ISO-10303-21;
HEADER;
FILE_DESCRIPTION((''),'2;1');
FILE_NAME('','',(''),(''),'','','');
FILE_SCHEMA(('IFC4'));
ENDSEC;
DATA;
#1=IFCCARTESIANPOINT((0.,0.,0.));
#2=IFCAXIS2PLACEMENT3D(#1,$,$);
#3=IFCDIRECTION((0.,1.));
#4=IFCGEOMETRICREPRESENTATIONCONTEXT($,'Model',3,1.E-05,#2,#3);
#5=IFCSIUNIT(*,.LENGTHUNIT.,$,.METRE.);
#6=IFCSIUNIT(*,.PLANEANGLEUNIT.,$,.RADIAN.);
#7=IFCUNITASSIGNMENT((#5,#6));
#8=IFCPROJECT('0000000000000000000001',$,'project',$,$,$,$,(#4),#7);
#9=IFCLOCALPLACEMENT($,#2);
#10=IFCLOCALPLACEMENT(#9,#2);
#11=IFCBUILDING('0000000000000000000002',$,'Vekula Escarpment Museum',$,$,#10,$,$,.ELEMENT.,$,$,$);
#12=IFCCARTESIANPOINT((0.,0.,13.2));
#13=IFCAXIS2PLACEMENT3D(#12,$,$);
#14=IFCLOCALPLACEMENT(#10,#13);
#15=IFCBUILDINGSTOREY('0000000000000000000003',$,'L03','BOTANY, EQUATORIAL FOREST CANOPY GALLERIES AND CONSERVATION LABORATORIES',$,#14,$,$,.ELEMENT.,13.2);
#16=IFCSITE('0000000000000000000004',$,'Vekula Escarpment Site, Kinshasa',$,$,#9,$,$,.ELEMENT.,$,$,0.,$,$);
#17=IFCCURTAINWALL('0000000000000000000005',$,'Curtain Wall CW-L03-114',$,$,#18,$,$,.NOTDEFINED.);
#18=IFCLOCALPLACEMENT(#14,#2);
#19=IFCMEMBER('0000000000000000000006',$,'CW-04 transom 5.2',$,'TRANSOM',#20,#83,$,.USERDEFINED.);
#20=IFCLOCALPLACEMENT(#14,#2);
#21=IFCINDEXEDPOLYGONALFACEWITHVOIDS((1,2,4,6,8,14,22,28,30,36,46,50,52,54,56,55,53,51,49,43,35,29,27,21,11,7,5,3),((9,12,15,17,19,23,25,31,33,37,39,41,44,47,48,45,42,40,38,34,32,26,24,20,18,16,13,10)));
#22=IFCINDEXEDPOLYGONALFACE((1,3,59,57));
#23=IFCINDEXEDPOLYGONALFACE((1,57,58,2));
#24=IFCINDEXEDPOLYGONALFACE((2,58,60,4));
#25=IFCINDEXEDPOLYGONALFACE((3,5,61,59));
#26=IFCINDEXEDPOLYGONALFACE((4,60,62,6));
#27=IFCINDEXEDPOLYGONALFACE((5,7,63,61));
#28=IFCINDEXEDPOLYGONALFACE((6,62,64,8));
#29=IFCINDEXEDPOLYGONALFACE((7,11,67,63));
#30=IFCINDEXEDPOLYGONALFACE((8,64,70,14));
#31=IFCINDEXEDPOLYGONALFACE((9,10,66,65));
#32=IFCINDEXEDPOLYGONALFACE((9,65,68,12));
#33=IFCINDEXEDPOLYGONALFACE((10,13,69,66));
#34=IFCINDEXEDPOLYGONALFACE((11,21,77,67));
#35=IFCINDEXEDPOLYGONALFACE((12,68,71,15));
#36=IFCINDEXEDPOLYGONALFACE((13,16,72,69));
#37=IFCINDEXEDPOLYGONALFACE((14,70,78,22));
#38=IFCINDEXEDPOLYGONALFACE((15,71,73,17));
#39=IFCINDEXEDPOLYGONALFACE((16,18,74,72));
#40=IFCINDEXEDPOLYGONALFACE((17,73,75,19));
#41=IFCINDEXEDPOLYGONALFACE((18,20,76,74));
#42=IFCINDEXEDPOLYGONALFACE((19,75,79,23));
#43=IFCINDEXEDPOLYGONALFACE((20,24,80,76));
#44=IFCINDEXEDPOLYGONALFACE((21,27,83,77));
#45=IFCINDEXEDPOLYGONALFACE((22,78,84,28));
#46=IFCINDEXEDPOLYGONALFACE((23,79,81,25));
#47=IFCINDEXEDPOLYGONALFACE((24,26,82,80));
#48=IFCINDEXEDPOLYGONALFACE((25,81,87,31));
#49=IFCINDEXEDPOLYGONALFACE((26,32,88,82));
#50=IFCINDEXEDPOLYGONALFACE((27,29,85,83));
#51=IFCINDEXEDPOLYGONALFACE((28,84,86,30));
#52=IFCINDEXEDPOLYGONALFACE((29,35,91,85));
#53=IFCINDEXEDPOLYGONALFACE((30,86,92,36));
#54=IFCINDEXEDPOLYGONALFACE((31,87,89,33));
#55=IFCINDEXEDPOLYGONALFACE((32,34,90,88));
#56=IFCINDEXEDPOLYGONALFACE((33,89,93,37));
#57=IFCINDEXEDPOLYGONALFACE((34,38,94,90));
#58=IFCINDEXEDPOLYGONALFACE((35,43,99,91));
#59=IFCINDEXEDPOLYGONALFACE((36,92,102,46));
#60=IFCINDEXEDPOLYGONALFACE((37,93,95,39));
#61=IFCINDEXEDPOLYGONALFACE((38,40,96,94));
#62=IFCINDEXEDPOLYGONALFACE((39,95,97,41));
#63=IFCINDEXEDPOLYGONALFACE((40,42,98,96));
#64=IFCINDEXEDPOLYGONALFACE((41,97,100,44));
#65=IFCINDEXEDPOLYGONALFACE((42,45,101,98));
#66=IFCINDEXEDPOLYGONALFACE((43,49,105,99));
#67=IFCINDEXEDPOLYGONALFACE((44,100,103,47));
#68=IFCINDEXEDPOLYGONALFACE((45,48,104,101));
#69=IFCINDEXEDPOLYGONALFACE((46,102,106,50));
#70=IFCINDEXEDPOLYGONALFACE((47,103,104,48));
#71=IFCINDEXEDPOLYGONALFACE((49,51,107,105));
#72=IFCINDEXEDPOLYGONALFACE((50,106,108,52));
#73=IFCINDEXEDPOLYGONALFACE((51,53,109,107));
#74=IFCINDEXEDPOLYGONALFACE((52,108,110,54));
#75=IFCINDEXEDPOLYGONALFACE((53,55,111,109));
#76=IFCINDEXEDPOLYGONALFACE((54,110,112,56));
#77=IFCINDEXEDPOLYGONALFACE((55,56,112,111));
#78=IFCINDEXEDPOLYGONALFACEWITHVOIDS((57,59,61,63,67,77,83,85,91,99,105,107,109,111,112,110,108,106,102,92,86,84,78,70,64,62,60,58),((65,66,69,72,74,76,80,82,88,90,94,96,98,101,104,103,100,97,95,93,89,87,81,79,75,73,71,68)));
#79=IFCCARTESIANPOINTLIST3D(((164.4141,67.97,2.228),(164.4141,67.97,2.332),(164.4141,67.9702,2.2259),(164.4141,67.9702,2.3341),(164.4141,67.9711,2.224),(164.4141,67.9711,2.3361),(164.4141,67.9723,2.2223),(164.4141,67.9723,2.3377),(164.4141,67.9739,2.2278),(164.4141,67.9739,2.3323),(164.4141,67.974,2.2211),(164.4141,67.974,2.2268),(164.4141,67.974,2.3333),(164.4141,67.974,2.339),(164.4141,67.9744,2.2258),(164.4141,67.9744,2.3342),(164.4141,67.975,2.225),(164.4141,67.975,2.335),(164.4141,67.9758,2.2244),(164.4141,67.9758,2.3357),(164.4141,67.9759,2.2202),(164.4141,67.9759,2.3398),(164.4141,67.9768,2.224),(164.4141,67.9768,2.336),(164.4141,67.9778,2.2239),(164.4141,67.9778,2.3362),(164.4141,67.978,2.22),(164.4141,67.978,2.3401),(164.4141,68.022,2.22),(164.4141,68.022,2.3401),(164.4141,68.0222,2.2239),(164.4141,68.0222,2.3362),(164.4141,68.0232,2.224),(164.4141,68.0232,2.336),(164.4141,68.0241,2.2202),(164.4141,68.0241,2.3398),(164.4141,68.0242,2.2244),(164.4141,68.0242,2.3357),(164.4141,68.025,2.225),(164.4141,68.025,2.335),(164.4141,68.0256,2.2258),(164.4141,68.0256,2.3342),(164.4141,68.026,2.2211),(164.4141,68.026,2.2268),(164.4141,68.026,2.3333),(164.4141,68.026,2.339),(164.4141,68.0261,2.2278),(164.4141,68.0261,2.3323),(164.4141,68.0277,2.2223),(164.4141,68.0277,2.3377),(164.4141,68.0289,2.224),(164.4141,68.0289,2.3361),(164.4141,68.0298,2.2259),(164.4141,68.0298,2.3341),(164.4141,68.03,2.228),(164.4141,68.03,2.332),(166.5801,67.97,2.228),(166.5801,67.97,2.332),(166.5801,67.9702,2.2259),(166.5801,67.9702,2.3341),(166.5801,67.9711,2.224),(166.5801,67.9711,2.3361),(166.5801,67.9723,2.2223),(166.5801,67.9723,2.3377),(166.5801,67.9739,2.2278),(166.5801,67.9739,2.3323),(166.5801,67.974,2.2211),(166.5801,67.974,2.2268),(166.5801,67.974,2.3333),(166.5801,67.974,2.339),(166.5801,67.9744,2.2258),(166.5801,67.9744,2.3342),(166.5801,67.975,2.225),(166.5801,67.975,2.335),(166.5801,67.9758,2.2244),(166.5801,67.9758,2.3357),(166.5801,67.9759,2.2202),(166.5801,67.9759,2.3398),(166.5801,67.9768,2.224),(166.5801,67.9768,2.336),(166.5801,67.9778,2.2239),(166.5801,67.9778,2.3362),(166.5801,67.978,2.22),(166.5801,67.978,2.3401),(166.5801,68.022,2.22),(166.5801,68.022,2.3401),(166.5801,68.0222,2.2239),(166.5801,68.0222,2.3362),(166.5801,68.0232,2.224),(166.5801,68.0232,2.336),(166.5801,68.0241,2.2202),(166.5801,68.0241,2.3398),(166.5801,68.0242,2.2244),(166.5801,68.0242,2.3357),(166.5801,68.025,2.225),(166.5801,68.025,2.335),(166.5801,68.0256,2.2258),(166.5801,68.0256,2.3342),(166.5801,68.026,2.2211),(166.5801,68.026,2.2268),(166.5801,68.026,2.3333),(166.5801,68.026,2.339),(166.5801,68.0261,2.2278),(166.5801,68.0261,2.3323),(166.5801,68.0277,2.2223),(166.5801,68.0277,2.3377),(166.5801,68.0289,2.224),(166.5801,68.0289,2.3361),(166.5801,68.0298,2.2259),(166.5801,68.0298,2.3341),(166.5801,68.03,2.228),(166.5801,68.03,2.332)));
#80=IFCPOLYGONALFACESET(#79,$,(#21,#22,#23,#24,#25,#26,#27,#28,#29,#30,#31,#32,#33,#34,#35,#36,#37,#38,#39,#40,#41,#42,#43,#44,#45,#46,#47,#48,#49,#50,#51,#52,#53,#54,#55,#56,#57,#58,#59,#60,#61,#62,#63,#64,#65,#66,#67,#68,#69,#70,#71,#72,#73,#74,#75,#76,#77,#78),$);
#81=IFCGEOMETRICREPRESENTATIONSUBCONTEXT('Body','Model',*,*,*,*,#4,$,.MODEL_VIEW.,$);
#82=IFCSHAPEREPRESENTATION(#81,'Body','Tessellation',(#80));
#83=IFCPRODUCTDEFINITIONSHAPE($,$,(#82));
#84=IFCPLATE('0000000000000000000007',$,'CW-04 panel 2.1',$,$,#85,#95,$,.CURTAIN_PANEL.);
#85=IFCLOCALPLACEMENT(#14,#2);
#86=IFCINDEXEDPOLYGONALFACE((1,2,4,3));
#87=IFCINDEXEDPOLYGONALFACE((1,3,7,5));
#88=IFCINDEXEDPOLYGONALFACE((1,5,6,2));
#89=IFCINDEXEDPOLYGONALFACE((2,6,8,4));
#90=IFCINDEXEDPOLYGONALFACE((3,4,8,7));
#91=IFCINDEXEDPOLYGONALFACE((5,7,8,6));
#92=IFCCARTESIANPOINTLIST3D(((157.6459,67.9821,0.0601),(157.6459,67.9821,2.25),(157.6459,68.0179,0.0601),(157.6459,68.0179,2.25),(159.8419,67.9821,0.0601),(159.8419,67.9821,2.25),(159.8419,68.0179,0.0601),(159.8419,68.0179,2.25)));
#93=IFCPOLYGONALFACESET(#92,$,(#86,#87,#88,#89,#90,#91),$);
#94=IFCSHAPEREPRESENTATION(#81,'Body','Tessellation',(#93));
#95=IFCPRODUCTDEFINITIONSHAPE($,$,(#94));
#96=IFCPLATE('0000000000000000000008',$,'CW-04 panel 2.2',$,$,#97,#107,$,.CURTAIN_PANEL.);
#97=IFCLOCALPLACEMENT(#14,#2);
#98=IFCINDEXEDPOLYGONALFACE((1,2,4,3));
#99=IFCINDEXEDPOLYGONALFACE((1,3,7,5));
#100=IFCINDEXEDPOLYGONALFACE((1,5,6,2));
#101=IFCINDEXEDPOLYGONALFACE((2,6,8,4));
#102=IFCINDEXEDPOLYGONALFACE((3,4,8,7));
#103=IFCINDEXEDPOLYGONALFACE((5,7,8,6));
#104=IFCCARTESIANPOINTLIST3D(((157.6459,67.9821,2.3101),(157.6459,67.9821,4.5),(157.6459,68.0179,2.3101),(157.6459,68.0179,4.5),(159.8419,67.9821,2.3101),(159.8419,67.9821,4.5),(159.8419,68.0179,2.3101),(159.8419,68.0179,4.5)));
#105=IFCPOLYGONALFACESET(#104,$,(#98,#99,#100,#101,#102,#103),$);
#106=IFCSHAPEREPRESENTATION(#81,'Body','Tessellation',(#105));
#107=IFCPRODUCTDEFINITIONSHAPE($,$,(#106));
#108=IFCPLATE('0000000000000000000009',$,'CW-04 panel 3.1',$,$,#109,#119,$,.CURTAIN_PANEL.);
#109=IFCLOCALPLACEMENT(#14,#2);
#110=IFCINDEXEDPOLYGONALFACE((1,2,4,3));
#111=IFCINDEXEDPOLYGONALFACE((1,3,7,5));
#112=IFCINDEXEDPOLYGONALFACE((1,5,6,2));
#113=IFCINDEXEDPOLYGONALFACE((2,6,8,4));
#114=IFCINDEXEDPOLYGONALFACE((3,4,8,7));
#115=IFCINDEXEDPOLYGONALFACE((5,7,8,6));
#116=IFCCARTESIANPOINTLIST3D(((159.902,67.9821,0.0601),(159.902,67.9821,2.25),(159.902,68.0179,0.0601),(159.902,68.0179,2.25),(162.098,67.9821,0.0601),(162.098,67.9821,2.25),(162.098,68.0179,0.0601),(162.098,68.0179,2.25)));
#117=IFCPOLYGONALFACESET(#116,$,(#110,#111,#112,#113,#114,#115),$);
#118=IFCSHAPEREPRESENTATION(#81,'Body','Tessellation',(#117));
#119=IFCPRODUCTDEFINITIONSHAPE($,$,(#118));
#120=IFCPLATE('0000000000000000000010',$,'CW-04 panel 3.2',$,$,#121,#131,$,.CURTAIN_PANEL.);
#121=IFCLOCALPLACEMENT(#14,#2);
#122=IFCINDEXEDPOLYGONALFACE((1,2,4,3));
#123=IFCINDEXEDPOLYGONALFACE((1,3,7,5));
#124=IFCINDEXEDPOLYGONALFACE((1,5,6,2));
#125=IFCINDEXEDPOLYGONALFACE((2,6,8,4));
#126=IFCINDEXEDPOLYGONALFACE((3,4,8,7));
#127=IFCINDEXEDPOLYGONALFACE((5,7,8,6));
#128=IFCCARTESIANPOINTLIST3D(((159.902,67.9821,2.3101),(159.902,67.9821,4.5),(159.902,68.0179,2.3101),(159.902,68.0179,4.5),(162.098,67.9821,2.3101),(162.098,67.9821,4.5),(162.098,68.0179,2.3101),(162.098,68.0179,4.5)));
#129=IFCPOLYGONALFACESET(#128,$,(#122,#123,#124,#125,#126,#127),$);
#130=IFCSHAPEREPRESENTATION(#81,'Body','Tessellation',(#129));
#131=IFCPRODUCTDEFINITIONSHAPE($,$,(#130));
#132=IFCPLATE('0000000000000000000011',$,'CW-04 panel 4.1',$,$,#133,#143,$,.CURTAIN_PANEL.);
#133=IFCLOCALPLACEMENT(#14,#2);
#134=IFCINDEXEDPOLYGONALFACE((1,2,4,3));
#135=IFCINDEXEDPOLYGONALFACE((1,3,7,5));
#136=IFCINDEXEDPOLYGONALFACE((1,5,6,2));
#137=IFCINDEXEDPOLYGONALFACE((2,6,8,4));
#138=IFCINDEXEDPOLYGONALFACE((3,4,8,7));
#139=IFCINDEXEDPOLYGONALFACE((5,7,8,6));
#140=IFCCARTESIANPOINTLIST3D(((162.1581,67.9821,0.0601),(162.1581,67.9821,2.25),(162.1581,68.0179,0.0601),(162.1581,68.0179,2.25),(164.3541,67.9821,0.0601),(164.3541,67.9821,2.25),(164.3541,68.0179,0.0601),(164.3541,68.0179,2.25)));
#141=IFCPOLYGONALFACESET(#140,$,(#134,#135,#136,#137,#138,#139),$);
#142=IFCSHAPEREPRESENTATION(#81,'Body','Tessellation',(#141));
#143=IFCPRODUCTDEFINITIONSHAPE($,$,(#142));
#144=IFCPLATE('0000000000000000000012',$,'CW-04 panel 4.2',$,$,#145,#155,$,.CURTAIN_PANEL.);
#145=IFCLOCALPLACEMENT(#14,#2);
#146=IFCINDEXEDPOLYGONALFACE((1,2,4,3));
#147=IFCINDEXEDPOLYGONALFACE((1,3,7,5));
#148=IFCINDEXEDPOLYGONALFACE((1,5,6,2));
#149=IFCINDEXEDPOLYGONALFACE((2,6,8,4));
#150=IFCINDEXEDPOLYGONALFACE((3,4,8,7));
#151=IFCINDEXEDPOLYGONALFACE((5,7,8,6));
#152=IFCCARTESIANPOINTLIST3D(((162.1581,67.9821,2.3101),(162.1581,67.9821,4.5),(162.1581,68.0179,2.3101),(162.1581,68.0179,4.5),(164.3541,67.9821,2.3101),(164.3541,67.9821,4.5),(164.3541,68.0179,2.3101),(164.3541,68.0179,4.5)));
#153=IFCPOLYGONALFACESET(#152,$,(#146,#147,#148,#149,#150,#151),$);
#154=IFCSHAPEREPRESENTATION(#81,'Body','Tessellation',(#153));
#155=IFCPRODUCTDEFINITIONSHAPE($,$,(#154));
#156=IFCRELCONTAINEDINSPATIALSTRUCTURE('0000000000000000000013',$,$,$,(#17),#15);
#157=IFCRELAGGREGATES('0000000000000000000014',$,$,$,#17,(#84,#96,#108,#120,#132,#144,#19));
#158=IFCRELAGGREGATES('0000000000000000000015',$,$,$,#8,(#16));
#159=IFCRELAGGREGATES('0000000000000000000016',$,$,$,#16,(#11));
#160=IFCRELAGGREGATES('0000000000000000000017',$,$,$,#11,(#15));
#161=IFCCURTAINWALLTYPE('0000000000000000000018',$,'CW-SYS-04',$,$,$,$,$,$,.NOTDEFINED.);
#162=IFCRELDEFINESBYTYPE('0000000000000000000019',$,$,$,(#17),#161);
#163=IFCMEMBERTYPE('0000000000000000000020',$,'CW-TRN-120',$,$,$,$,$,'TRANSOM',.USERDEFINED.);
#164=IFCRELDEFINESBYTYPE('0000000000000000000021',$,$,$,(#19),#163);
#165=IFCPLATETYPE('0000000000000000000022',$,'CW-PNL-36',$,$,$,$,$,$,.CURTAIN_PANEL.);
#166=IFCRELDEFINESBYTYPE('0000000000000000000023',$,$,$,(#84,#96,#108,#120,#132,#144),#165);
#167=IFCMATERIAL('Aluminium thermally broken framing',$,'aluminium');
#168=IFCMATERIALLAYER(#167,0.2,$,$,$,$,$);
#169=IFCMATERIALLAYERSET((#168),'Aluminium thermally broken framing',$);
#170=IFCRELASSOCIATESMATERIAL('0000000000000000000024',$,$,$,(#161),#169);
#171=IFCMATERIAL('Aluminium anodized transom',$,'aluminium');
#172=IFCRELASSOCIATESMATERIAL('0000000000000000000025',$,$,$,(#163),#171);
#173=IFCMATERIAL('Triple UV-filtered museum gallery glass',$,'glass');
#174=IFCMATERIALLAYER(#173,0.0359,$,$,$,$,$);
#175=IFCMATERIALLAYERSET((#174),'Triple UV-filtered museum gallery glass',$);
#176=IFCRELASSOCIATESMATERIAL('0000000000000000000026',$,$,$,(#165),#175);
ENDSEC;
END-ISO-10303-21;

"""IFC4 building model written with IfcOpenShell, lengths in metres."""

from ifc_helpers import new_model, si_unit, direction, frame, origin, origin_2d, place, context, subcontext, project, spatial, rectangle, hollow_rectangle, extrude, material, layer, layer_set, material_profile, profile_set, type_object, element, aggregate, save


model = new_model("IFC4")

# Units and contexts
model_context = context("Model", 3, precision=1e-05, world=origin(), true_north=direction((0.0, 1.0)))
body_context = subcontext(model_context, "Body", "Model", "MODEL_VIEW")
ifc_project = project(units=[si_unit("LENGTHUNIT", "METRE"), si_unit("PLANEANGLEUNIT", "RADIAN")], contexts=[model_context])

# Site, building, storey
site_placement = place(None, origin())
site = spatial("IfcSite", under=ifc_project, at=site_placement, Name="Vekula Escarpment Site, Kinshasa", CompositionType="ELEMENT", RefElevation=0.0)
building_placement = place(site_placement, origin())
building = spatial("IfcBuilding", under=site, at=building_placement, Name="Vekula Escarpment Museum", CompositionType="ELEMENT")
storey_placement = place(building_placement, frame((0.0, 0.0, 13.2)))
storey = spatial("IfcBuildingStorey", under=building, at=storey_placement, Name="L03", Description="BOTANY, EQUATORIAL FOREST CANOPY GALLERIES AND CONSERVATION LABORATORIES", CompositionType="ELEMENT", Elevation=13.2)

# Curtain wall, member, plates
ifc_material_1 = material(Name="Aluminium thermally broken framing", Category="aluminium")
ifc_layer_1 = layer(ifc_material_1, 0.2)
ifc_layer_set_1 = layer_set([ifc_layer_1], Name="Aluminium thermally broken framing")
curtain_wall_type = type_object("IfcCurtainWallType", Name="CW-SYS-04", PredefinedType="NOTDEFINED", material=ifc_layer_set_1)
curtain_wall_placement = place(storey_placement, origin())
curtain_wall = element("IfcCurtainWall", 1, at=curtain_wall_placement, inside=storey, type_object=curtain_wall_type, Name="Curtain Wall CW-L03-114", PredefinedType="NOTDEFINED")
ifc_material_2 = material(Name="Aluminium anodized transom", Category="aluminium")
ifc_material_profile_1 = material_profile(ifc_material_2, hollow_rectangle(XDim=0.0601, YDim=0.1201, WallThickness=0.0039, InnerFilletRadius=0.0039, OuterFilletRadius=0.0081, at=origin_2d()), Name="ALU 120x60x4")
ifc_profile_set_1 = profile_set([ifc_material_profile_1], Name="Aluminium anodized transom")
member_type_1 = type_object("IfcMemberType", Name="CW-TRN-120", ElementType="TRANSOM", PredefinedType="USERDEFINED", material=ifc_profile_set_1)
member_1_placement = place(storey_placement, frame((164.4141, 68.0, 2.28), z_axis=(1.0, 0.0, 0.0), x_axis=(0.0, 1.0, 0.0)))
member_1 = element("IfcMember", 2, at=member_1_placement, type_object=member_type_1, Name="CW-04 transom 5.2", ObjectType="TRANSOM", PredefinedType="USERDEFINED", context=body_context, shape_type="SweptSolid", body=[
    extrude(hollow_rectangle(XDim=0.0601, YDim=0.1201, WallThickness=0.0039, InnerFilletRadius=0.0039, OuterFilletRadius=0.0081, at=origin_2d()), origin(), (0.0, 0.0, 1.0), 2.166),
])
ifc_material_3 = material(Name="Triple UV-filtered museum gallery glass", Category="glass")
ifc_layer_2 = layer(ifc_material_3, 0.0359)
ifc_layer_set_2 = layer_set([ifc_layer_2], Name="Triple UV-filtered museum gallery glass")
plate_type = type_object("IfcPlateType", Name="CW-PNL-36", PredefinedType="CURTAIN_PANEL", material=ifc_layer_set_2)
plate_1_placement = place(storey_placement, frame((158.7439, 68.0, 0.0601), z_axis=(0.0, 0.0, 1.0), x_axis=(1.0, 0.0, 0.0)))
plate_1 = element("IfcPlate", 3, at=plate_1_placement, type_object=plate_type, Name="CW-04 panel 2.1", PredefinedType="CURTAIN_PANEL", context=body_context, shape_type="SweptSolid", body=[
    extrude(rectangle(XDim=2.196, YDim=0.0359, at=origin_2d()), origin(), (0.0, 0.0, 1.0), 2.1899),
])
plate_2_placement = place(storey_placement, frame((158.7439, 68.0, 2.3101), z_axis=(0.0, 0.0, 1.0), x_axis=(1.0, 0.0, 0.0)))
plate_2 = element("IfcPlate", 4, at=plate_2_placement, type_object=plate_type, Name="CW-04 panel 2.2", PredefinedType="CURTAIN_PANEL", context=body_context, shape_type="SweptSolid", body=[
    extrude(rectangle(XDim=2.196, YDim=0.0359, at=origin_2d()), origin(), (0.0, 0.0, 1.0), 2.1899),
])
plate_3_placement = place(storey_placement, frame((161.0, 68.0, 0.0601), z_axis=(0.0, 0.0, 1.0), x_axis=(1.0, 0.0, 0.0)))
plate_3 = element("IfcPlate", 5, at=plate_3_placement, type_object=plate_type, Name="CW-04 panel 3.1", PredefinedType="CURTAIN_PANEL", context=body_context, shape_type="SweptSolid", body=[
    extrude(rectangle(XDim=2.196, YDim=0.0359, at=origin_2d()), origin(), (0.0, 0.0, 1.0), 2.1899),
])
plate_4_placement = place(storey_placement, frame((161.0, 68.0, 2.3101), z_axis=(0.0, 0.0, 1.0), x_axis=(1.0, 0.0, 0.0)))
plate_4 = element("IfcPlate", 6, at=plate_4_placement, type_object=plate_type, Name="CW-04 panel 3.2", PredefinedType="CURTAIN_PANEL", context=body_context, shape_type="SweptSolid", body=[
    extrude(rectangle(XDim=2.196, YDim=0.0359, at=origin_2d()), origin(), (0.0, 0.0, 1.0), 2.1899),
])
plate_5_placement = place(storey_placement, frame((163.2561, 68.0, 0.0601), z_axis=(0.0, 0.0, 1.0), x_axis=(1.0, 0.0, 0.0)))
plate_5 = element("IfcPlate", 7, at=plate_5_placement, type_object=plate_type, Name="CW-04 panel 4.1", PredefinedType="CURTAIN_PANEL", context=body_context, shape_type="SweptSolid", body=[
    extrude(rectangle(XDim=2.196, YDim=0.0359, at=origin_2d()), origin(), (0.0, 0.0, 1.0), 2.1899),
])
plate_6_placement = place(storey_placement, frame((163.2561, 68.0, 2.3101), z_axis=(0.0, 0.0, 1.0), x_axis=(1.0, 0.0, 0.0)))
plate_6 = element("IfcPlate", 8, at=plate_6_placement, type_object=plate_type, Name="CW-04 panel 4.2", PredefinedType="CURTAIN_PANEL", context=body_context, shape_type="SweptSolid", body=[
    extrude(rectangle(XDim=2.196, YDim=0.0359, at=origin_2d()), origin(), (0.0, 0.0, 1.0), 2.1899),
])
aggregate(curtain_wall, [plate_1, plate_2, plate_3, plate_4, plate_5, plate_6, member_1])

save(model, "model.ifc")
